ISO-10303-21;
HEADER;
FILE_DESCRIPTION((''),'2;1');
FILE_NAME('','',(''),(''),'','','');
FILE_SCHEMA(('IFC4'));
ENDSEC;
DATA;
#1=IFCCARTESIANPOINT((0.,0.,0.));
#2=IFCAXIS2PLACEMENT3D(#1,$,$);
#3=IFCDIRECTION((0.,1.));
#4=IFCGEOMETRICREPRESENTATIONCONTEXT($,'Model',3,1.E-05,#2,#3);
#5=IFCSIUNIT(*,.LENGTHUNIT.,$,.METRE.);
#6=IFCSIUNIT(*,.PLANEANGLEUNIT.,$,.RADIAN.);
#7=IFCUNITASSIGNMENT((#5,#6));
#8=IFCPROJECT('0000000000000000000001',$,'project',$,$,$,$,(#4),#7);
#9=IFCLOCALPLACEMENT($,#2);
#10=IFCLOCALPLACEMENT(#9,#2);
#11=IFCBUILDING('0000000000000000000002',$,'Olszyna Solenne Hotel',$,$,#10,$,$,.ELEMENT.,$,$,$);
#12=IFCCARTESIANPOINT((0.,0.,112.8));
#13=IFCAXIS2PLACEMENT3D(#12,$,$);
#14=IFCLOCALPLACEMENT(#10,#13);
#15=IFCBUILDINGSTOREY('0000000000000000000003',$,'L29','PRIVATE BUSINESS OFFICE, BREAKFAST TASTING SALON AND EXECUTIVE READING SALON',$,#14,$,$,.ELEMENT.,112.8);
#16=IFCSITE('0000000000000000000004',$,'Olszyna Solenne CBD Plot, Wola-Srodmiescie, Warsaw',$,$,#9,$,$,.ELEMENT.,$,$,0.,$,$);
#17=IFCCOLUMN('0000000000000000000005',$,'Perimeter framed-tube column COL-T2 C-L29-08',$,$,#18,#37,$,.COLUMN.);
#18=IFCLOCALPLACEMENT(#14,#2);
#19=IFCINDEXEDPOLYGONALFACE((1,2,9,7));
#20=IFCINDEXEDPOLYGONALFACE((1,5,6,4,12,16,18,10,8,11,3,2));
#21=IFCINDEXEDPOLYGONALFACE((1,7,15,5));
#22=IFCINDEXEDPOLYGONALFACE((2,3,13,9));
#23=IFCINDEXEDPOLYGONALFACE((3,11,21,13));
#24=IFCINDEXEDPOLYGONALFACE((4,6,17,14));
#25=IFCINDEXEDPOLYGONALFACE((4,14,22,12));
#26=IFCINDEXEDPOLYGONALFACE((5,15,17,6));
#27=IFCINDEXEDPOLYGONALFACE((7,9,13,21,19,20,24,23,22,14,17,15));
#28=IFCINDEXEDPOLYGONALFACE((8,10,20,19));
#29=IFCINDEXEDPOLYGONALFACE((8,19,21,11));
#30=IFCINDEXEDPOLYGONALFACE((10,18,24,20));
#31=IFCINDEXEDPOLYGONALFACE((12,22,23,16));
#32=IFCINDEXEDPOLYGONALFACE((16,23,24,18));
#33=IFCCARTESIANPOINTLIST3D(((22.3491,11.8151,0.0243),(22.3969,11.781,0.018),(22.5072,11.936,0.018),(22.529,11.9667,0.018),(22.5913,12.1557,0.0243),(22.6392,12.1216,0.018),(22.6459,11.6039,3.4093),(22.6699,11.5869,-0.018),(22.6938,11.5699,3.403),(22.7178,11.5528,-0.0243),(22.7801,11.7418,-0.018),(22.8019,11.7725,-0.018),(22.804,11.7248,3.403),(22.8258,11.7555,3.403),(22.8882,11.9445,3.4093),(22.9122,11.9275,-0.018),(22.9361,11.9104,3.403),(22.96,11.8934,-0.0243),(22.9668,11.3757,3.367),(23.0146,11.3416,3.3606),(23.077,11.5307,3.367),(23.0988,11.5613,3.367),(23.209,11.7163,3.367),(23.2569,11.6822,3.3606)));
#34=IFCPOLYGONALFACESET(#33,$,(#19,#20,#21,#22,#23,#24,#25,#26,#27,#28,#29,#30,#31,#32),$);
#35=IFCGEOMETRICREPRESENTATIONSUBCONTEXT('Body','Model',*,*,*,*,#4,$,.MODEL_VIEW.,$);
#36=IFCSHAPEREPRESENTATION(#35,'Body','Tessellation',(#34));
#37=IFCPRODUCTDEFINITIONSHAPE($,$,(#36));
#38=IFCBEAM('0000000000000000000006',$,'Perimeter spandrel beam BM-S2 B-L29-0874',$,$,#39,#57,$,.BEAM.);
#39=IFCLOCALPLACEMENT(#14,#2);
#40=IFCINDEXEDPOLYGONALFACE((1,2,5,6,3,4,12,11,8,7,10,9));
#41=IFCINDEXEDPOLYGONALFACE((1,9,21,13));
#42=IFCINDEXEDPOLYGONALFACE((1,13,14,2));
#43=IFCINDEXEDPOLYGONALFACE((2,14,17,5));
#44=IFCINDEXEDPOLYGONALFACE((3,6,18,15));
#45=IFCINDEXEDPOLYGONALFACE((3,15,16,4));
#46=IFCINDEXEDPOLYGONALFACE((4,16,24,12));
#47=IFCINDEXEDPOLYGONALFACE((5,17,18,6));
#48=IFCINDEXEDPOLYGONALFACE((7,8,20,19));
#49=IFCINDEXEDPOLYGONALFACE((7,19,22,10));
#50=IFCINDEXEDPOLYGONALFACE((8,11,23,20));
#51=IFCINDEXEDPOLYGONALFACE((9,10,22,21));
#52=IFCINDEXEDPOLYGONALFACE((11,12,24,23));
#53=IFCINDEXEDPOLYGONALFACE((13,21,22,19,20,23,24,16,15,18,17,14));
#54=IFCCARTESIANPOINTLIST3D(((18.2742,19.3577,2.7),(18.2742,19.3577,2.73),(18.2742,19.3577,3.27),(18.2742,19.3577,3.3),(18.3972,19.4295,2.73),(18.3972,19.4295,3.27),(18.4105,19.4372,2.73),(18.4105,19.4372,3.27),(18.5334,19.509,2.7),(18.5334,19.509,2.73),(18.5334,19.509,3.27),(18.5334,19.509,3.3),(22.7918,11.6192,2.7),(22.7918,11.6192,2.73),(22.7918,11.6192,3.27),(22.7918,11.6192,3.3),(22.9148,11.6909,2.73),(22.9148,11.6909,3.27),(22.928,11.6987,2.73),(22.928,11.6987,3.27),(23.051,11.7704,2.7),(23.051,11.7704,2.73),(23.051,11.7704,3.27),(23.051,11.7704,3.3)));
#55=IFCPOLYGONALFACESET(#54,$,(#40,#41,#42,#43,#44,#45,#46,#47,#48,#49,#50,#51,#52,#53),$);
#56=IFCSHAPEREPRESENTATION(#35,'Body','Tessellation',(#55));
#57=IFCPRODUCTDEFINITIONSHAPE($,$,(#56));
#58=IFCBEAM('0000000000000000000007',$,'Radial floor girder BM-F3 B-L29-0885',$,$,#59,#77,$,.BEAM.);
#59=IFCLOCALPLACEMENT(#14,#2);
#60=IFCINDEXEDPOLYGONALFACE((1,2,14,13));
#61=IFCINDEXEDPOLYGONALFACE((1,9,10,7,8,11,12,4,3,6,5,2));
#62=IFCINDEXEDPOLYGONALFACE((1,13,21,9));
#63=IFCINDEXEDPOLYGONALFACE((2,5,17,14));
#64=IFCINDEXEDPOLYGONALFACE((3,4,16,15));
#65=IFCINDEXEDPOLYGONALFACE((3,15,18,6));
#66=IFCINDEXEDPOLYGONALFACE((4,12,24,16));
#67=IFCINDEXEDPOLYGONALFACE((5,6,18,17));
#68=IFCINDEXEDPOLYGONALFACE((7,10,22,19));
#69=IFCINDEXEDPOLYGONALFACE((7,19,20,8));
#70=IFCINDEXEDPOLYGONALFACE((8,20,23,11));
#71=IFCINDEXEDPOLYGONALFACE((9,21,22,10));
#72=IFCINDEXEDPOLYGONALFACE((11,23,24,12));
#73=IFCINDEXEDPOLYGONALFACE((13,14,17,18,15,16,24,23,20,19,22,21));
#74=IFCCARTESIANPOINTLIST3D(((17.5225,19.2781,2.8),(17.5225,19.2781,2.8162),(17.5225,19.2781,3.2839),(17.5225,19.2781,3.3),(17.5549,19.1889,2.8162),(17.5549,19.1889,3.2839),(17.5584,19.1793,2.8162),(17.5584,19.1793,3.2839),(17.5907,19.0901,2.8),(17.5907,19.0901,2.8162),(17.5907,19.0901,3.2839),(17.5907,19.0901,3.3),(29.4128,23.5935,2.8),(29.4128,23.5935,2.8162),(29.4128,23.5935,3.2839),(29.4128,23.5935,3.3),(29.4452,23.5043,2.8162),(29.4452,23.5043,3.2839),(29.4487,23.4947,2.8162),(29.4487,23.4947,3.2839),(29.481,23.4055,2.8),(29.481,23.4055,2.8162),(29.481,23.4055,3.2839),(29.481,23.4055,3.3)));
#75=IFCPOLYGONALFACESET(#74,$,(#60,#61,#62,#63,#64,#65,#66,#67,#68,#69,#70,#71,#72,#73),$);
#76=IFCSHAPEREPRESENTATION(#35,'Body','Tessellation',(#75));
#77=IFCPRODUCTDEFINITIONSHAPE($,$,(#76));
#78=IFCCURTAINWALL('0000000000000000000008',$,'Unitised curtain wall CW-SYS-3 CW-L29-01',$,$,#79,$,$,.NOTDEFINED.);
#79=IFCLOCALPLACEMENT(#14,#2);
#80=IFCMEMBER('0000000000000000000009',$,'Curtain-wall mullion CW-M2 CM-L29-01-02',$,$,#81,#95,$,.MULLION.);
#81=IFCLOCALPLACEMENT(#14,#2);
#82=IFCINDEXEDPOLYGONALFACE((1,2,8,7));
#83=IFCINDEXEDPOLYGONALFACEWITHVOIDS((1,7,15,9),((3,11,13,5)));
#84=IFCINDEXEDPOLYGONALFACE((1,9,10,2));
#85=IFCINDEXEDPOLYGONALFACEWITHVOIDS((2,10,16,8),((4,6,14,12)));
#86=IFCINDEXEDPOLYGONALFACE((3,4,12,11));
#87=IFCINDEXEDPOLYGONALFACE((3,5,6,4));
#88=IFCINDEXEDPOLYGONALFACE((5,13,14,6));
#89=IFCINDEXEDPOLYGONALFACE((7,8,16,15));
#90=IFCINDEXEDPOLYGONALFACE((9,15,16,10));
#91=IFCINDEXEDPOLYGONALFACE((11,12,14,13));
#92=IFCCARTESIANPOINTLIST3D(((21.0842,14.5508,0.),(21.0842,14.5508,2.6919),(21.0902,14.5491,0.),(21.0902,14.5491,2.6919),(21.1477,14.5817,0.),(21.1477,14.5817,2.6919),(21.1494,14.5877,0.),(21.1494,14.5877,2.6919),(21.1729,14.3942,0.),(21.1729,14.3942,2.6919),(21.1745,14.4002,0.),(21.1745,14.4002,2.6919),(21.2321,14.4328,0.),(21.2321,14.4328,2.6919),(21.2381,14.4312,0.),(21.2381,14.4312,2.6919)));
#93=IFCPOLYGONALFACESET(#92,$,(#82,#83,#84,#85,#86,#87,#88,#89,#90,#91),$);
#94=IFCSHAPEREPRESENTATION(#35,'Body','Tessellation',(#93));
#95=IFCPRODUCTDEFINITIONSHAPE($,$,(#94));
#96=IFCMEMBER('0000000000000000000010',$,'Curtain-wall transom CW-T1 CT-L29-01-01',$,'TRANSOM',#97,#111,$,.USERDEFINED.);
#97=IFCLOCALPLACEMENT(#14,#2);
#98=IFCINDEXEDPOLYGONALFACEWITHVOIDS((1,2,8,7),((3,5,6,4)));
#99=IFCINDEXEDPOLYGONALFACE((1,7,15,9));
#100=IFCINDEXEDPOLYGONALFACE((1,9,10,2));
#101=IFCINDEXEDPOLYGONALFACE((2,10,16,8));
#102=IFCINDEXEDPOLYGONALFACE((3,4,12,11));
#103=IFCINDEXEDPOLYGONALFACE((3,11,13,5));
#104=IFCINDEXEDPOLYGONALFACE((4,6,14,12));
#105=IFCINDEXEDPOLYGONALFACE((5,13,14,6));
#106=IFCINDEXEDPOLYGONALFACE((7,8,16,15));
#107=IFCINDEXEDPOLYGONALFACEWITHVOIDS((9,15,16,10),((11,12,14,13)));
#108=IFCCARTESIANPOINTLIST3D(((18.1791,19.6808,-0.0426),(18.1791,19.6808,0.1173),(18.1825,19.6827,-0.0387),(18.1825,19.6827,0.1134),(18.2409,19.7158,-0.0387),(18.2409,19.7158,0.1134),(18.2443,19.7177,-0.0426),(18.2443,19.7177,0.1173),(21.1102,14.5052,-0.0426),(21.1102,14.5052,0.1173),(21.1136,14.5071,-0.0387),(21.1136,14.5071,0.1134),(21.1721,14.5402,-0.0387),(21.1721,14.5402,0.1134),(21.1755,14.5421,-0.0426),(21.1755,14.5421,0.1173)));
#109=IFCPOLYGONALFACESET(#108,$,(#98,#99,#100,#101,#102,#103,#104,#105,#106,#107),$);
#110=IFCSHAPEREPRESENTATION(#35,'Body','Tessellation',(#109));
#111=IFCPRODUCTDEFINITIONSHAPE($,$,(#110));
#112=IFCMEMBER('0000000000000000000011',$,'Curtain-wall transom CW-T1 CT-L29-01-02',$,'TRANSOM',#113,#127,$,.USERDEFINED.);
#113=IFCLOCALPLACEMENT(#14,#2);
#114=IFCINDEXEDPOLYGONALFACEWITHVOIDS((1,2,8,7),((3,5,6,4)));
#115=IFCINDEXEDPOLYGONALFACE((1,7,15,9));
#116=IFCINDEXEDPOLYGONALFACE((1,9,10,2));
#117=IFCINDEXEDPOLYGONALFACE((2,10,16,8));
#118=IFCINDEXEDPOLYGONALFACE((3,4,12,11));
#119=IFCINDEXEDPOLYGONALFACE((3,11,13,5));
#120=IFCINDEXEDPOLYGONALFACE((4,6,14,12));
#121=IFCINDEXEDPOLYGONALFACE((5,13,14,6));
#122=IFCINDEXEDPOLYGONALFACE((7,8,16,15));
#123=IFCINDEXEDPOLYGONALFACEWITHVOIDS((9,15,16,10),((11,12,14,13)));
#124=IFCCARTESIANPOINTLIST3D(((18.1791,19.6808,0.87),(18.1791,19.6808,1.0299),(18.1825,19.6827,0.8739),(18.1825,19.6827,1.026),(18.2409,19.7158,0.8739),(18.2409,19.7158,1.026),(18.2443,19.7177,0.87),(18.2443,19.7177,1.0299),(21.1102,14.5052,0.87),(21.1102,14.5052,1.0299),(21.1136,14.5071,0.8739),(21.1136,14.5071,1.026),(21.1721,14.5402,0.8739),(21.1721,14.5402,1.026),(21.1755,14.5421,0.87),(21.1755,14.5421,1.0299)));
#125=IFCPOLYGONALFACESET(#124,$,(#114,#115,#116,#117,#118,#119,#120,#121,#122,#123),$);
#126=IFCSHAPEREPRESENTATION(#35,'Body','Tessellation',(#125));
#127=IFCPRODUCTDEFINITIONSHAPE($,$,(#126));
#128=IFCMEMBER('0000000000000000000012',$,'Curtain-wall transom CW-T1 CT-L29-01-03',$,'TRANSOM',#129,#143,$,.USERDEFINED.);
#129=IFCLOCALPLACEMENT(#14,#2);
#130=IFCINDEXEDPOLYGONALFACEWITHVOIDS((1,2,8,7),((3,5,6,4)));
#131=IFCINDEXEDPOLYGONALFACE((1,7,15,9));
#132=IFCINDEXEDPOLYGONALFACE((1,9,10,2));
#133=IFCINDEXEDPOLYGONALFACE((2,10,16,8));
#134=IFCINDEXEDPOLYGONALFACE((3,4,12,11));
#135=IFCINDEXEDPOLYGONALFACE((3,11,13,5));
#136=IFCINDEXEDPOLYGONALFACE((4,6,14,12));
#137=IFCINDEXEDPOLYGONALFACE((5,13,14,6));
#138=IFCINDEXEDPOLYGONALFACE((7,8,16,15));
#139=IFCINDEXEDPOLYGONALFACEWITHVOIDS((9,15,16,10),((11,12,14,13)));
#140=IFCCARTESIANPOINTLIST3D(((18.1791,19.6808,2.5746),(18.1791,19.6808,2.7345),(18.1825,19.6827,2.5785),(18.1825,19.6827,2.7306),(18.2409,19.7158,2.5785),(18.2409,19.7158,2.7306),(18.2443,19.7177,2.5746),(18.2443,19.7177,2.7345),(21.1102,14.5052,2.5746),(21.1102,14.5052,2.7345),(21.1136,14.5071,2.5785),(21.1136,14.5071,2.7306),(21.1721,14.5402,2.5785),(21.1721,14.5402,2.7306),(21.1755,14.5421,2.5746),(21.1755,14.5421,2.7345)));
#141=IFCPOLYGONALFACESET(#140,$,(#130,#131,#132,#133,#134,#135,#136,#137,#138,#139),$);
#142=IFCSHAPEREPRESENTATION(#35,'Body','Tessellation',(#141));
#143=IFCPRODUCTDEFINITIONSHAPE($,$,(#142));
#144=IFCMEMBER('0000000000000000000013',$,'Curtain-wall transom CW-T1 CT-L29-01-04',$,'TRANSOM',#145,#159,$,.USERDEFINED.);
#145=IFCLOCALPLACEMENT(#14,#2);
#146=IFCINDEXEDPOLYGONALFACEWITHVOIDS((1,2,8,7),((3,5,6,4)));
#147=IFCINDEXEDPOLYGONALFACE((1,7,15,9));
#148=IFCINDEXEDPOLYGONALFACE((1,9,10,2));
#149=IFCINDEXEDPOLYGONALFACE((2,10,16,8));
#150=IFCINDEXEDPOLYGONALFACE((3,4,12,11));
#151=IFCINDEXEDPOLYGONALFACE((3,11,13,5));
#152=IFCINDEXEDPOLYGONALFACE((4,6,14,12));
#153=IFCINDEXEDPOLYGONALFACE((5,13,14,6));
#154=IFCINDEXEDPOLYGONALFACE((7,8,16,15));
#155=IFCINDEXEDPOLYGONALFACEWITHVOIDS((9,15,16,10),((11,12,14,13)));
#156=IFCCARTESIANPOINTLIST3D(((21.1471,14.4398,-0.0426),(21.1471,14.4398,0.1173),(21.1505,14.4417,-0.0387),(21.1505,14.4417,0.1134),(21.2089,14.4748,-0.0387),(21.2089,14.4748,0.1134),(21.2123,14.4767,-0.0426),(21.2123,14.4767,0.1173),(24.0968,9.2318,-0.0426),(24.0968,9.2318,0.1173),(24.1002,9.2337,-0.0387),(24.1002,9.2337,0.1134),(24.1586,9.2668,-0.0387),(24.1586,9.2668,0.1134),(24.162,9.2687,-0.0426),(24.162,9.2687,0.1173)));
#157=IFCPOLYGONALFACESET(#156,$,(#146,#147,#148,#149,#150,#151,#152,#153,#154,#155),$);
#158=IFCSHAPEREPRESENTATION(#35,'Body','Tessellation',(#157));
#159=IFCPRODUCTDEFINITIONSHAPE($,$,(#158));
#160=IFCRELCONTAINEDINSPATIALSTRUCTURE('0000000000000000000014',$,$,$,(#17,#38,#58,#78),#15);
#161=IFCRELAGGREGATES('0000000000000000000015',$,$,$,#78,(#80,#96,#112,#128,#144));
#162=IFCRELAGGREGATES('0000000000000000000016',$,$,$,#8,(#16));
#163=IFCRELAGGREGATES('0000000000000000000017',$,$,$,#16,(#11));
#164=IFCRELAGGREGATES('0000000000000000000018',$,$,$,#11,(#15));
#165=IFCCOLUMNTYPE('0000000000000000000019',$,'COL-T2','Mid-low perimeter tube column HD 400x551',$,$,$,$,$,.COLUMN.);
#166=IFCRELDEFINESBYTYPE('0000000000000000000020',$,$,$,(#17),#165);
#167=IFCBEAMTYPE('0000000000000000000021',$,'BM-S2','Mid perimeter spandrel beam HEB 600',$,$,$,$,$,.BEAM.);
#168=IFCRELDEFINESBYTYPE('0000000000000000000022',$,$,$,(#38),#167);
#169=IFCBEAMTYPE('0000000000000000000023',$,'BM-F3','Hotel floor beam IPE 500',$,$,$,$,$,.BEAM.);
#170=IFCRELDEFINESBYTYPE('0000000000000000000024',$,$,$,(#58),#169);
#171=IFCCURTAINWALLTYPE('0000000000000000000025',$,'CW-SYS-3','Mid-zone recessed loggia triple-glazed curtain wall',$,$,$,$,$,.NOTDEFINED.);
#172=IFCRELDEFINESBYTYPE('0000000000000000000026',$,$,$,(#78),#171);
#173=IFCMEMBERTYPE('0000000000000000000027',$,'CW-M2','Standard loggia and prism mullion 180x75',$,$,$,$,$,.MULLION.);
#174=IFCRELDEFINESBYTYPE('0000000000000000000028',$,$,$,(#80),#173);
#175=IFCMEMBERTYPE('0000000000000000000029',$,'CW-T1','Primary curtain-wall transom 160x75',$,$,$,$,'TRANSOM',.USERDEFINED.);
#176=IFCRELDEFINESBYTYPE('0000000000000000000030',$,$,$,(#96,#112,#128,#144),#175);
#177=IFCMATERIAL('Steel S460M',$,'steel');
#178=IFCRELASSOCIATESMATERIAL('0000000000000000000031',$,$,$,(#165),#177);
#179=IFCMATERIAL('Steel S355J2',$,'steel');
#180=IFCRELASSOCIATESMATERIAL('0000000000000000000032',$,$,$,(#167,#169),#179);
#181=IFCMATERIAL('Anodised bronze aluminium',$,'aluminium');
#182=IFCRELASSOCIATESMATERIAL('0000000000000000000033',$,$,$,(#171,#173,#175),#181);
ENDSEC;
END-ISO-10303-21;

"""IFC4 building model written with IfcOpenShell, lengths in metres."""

from ifc_helpers import new_model, si_unit, direction, frame, origin, origin_2d, place, context, subcontext, project, spatial, hollow_rectangle, i_section, extrude, source, transform, mapped, material, material_profile, profile_set, type_object, element, aggregate, save


model = new_model("IFC4")

# Units and contexts
model_context = context("Model", 3, precision=1e-05, world=origin(), true_north=direction((0.0, 1.0)))
body_context = subcontext(model_context, "Body", "Model", "MODEL_VIEW")
ifc_project = project(units=[si_unit("LENGTHUNIT", "METRE"), si_unit("PLANEANGLEUNIT", "RADIAN")], contexts=[model_context])

# Site, building, storey
site_placement = place(None, origin())
site = spatial("IfcSite", under=ifc_project, at=site_placement, Name="Olszyna Solenne CBD Plot, Wola-Srodmiescie, Warsaw", CompositionType="ELEMENT", RefElevation=0.0)
building_placement = place(site_placement, origin())
building = spatial("IfcBuilding", under=site, at=building_placement, Name="Olszyna Solenne Hotel", CompositionType="ELEMENT")
storey_placement = place(building_placement, frame((0.0, 0.0, 112.8)))
storey = spatial("IfcBuildingStorey", under=building, at=storey_placement, Name="L29", Description="PRIVATE BUSINESS OFFICE, BREAKFAST TASTING SALON AND EXECUTIVE READING SALON", CompositionType="ELEMENT", Elevation=112.8)

# Column
ifc_material_1 = material(Name="Steel S460M", Category="steel")
ifc_material_profile_1 = material_profile(ifc_material_1, i_section(OverallWidth=0.418, OverallDepth=0.4551, WebThickness=0.0376, FlangeThickness=0.0591, at=origin_2d()), Name="HD 400x551", Category="load-bearing")
ifc_profile_set_1 = profile_set([ifc_material_profile_1], Name="Steel S460M")
column_type = type_object("IfcColumnType", Name="COL-T2", Description="Mid-low perimeter tube column HD 400x551", PredefinedType="COLUMN", material=ifc_profile_set_1)
shared_shape_1 = source(origin(), body_context, "Body", "SweptSolid", [
    extrude(i_section(OverallWidth=0.418, OverallDepth=0.4551, WebThickness=0.0376, FlangeThickness=0.0591, at=origin_2d()), origin(), (0.0, 0.0, 1.0), 3.4045),
])
column_placement = place(storey_placement, frame((22.6545, 11.8542, 0.0), z_axis=(0.087199, -0.062029, 0.994258), x_axis=(0.579652, 0.814864, 0.0)))
element("IfcColumn", 1, at=column_placement, inside=storey, type_object=column_type, Name="Perimeter framed-tube column COL-T2 C-L29-08", PredefinedType="COLUMN", context=body_context, shape_type="MappedRepresentation", body=[
    mapped(shared_shape_1, transform((0.0, 0.0, 0.0), x_axis=(1.0, 0.0, 0.0), y_axis=(0.0, 1.0, 0.0), z_axis=(0.0, 0.0, 1.0), scale=1.0)),
])

# Beams
ifc_material_2 = material(Name="Steel S355J2", Category="steel")
ifc_material_profile_2 = material_profile(ifc_material_2, i_section(OverallWidth=0.3, OverallDepth=0.6001, WebThickness=0.0154, FlangeThickness=0.03, at=origin_2d()), Name="HEB 600", Category="load-bearing")
ifc_profile_set_2 = profile_set([ifc_material_profile_2], Name="Steel S355J2")
beam_type_1 = type_object("IfcBeamType", Name="BM-S2", Description="Mid perimeter spandrel beam HEB 600", PredefinedType="BEAM", material=ifc_profile_set_2)
shared_shape_2 = source(origin(), body_context, "Body", "SweptSolid", [
    extrude(i_section(OverallWidth=0.3, OverallDepth=0.6001, WebThickness=0.0154, FlangeThickness=0.03, at=origin_2d()), origin(), (0.0, 0.0, 1.0), 8.9607),
])
beam_1_placement = place(storey_placement, frame((18.4038, 19.4333, 3.0), z_axis=(0.504157, -0.863612, 0.0), x_axis=(0.863612, 0.504157, 0.0)))
element("IfcBeam", 2, at=beam_1_placement, inside=storey, type_object=beam_type_1, Name="Perimeter spandrel beam BM-S2 B-L29-0874", PredefinedType="BEAM", context=body_context, shape_type="MappedRepresentation", body=[
    mapped(shared_shape_2, transform((0.0, 0.0, 0.0), x_axis=(1.0, 0.0, 0.0), y_axis=(0.0, 1.0, 0.0), z_axis=(0.0, 0.0, 1.0), scale=1.0)),
])
ifc_material_profile_3 = material_profile(ifc_material_2, i_section(OverallWidth=0.2, OverallDepth=0.5, WebThickness=0.0103, FlangeThickness=0.0161, at=origin_2d()), Name="IPE 500", Category="load-bearing")
ifc_profile_set_3 = profile_set([ifc_material_profile_3], Name="Steel S355J2")
beam_type_2 = type_object("IfcBeamType", Name="BM-F3", Description="Hotel floor beam IPE 500", PredefinedType="BEAM", material=ifc_profile_set_3)
shared_shape_3 = source(origin(), body_context, "Body", "SweptSolid", [
    extrude(i_section(OverallWidth=0.2, OverallDepth=0.5, WebThickness=0.0103, FlangeThickness=0.0161, at=origin_2d()), origin(), (0.0, 0.0, 1.0), 12.6492),
])
beam_2_placement = place(storey_placement, frame((17.5566, 19.1841, 3.05), z_axis=(0.940005, 0.34116, 0.0), x_axis=(-0.34116, 0.940005, 0.0)))
element("IfcBeam", 3, at=beam_2_placement, inside=storey, type_object=beam_type_2, Name="Radial floor girder BM-F3 B-L29-0885", PredefinedType="BEAM", context=body_context, shape_type="MappedRepresentation", body=[
    mapped(shared_shape_3, transform((0.0, 0.0, 0.0), x_axis=(1.0, 0.0, 0.0), y_axis=(0.0, 1.0, 0.0), z_axis=(0.0, 0.0, 1.0), scale=1.0)),
])

# Curtain wall, members
ifc_material_3 = material(Name="Anodised bronze aluminium", Category="aluminium")
curtain_wall_type = type_object("IfcCurtainWallType", Name="CW-SYS-3", Description="Mid-zone recessed loggia triple-glazed curtain wall", PredefinedType="NOTDEFINED", material=ifc_material_3)
curtain_wall_placement = place(storey_placement, origin())
curtain_wall = element("IfcCurtainWall", 4, at=curtain_wall_placement, inside=storey, type_object=curtain_wall_type, Name="Unitised curtain wall CW-SYS-3 CW-L29-01", PredefinedType="NOTDEFINED")
ifc_material_profile_4 = material_profile(ifc_material_3, hollow_rectangle(XDim=0.075, YDim=0.1799, WallThickness=0.0044, at=origin_2d()), Name="MULL 180x75x4.5", Category="load-bearing")
ifc_profile_set_4 = profile_set([ifc_material_profile_4], Name="Anodised bronze aluminium")
member_type_1 = type_object("IfcMemberType", Name="CW-M2", Description="Standard loggia and prism mullion 180x75", PredefinedType="MULLION", material=ifc_profile_set_4)
shared_shape_4 = source(origin(), body_context, "Body", "SweptSolid", [
    extrude(hollow_rectangle(XDim=0.075, YDim=0.1799, WallThickness=0.0044, at=origin_2d()), origin(), (0.0, 0.0, 1.0), 2.6919),
])
member_1_placement = place(storey_placement, frame((21.1611, 14.491, 0.0), z_axis=(0.0, 0.0, 1.0), x_axis=(0.870148, 0.49279, 0.0)))
member_1 = element("IfcMember", 5, at=member_1_placement, type_object=member_type_1, Name="Curtain-wall mullion CW-M2 CM-L29-01-02", PredefinedType="MULLION", context=body_context, shape_type="MappedRepresentation", body=[
    mapped(shared_shape_4, transform((0.0, 0.0, 0.0), x_axis=(1.0, 0.0, 0.0), y_axis=(0.0, 1.0, 0.0), z_axis=(0.0, 0.0, 1.0), scale=1.0)),
])
ifc_material_profile_5 = material_profile(ifc_material_3, hollow_rectangle(XDim=0.075, YDim=0.1599, WallThickness=0.0039, at=origin_2d()), Name="TRAN 160x75x4", Category="load-bearing")
ifc_profile_set_5 = profile_set([ifc_material_profile_5], Name="Anodised bronze aluminium")
member_type_2 = type_object("IfcMemberType", Name="CW-T1", Description="Primary curtain-wall transom 160x75", ElementType="TRANSOM", PredefinedType="USERDEFINED", material=ifc_profile_set_5)
shared_shape_5 = source(origin(), body_context, "Body", "SweptSolid", [
    extrude(hollow_rectangle(XDim=0.075, YDim=0.1599, WallThickness=0.0039, at=origin_2d()), origin(), (0.0, 0.0, 1.0), 5.948),
])
member_2_placement = place(storey_placement, frame((18.2117, 19.6992, 0.0374), z_axis=(0.492802, -0.870141, 0.0), x_axis=(0.870141, 0.492802, 0.0)))
member_2 = element("IfcMember", 6, at=member_2_placement, type_object=member_type_2, Name="Curtain-wall transom CW-T1 CT-L29-01-01", ObjectType="TRANSOM", PredefinedType="USERDEFINED", context=body_context, shape_type="MappedRepresentation", body=[
    mapped(shared_shape_5, transform((0.0, 0.0, 0.0), x_axis=(1.0, 0.0, 0.0), y_axis=(0.0, 1.0, 0.0), z_axis=(0.0, 0.0, 1.0), scale=1.0)),
])
member_3_placement = place(storey_placement, frame((18.2117, 19.6992, 0.95), z_axis=(0.492802, -0.870141, 0.0), x_axis=(0.870141, 0.492802, 0.0)))
member_3 = element("IfcMember", 7, at=member_3_placement, type_object=member_type_2, Name="Curtain-wall transom CW-T1 CT-L29-01-02", ObjectType="TRANSOM", PredefinedType="USERDEFINED", context=body_context, shape_type="MappedRepresentation", body=[
    mapped(shared_shape_5, transform((0.0, 0.0, 0.0), x_axis=(1.0, 0.0, 0.0), y_axis=(0.0, 1.0, 0.0), z_axis=(0.0, 0.0, 1.0), scale=1.0)),
])
member_4_placement = place(storey_placement, frame((18.2117, 19.6992, 2.6545), z_axis=(0.492802, -0.870141, 0.0), x_axis=(0.870141, 0.492802, 0.0)))
member_4 = element("IfcMember", 8, at=member_4_placement, type_object=member_type_2, Name="Curtain-wall transom CW-T1 CT-L29-01-03", ObjectType="TRANSOM", PredefinedType="USERDEFINED", context=body_context, shape_type="MappedRepresentation", body=[
    mapped(shared_shape_5, transform((0.0, 0.0, 0.0), x_axis=(1.0, 0.0, 0.0), y_axis=(0.0, 1.0, 0.0), z_axis=(0.0, 0.0, 1.0), scale=1.0)),
])
shared_shape_6 = source(origin(), body_context, "Body", "SweptSolid", [
    extrude(hollow_rectangle(XDim=0.075, YDim=0.1599, WallThickness=0.0039, at=origin_2d()), origin(), (0.0, 0.0, 1.0), 5.9854),
])
member_5_placement = place(storey_placement, frame((21.1797, 14.4583, 0.0374), z_axis=(0.492823, -0.870129, 0.0), x_axis=(0.870129, 0.492823, 0.0)))
member_5 = element("IfcMember", 9, at=member_5_placement, type_object=member_type_2, Name="Curtain-wall transom CW-T1 CT-L29-01-04", ObjectType="TRANSOM", PredefinedType="USERDEFINED", context=body_context, shape_type="MappedRepresentation", body=[
    mapped(shared_shape_6, transform((0.0, 0.0, 0.0), x_axis=(1.0, 0.0, 0.0), y_axis=(0.0, 1.0, 0.0), z_axis=(0.0, 0.0, 1.0), scale=1.0)),
])

aggregate(curtain_wall, [member_1, member_2, member_3, member_4, member_5])

save(model, "model.ifc")
